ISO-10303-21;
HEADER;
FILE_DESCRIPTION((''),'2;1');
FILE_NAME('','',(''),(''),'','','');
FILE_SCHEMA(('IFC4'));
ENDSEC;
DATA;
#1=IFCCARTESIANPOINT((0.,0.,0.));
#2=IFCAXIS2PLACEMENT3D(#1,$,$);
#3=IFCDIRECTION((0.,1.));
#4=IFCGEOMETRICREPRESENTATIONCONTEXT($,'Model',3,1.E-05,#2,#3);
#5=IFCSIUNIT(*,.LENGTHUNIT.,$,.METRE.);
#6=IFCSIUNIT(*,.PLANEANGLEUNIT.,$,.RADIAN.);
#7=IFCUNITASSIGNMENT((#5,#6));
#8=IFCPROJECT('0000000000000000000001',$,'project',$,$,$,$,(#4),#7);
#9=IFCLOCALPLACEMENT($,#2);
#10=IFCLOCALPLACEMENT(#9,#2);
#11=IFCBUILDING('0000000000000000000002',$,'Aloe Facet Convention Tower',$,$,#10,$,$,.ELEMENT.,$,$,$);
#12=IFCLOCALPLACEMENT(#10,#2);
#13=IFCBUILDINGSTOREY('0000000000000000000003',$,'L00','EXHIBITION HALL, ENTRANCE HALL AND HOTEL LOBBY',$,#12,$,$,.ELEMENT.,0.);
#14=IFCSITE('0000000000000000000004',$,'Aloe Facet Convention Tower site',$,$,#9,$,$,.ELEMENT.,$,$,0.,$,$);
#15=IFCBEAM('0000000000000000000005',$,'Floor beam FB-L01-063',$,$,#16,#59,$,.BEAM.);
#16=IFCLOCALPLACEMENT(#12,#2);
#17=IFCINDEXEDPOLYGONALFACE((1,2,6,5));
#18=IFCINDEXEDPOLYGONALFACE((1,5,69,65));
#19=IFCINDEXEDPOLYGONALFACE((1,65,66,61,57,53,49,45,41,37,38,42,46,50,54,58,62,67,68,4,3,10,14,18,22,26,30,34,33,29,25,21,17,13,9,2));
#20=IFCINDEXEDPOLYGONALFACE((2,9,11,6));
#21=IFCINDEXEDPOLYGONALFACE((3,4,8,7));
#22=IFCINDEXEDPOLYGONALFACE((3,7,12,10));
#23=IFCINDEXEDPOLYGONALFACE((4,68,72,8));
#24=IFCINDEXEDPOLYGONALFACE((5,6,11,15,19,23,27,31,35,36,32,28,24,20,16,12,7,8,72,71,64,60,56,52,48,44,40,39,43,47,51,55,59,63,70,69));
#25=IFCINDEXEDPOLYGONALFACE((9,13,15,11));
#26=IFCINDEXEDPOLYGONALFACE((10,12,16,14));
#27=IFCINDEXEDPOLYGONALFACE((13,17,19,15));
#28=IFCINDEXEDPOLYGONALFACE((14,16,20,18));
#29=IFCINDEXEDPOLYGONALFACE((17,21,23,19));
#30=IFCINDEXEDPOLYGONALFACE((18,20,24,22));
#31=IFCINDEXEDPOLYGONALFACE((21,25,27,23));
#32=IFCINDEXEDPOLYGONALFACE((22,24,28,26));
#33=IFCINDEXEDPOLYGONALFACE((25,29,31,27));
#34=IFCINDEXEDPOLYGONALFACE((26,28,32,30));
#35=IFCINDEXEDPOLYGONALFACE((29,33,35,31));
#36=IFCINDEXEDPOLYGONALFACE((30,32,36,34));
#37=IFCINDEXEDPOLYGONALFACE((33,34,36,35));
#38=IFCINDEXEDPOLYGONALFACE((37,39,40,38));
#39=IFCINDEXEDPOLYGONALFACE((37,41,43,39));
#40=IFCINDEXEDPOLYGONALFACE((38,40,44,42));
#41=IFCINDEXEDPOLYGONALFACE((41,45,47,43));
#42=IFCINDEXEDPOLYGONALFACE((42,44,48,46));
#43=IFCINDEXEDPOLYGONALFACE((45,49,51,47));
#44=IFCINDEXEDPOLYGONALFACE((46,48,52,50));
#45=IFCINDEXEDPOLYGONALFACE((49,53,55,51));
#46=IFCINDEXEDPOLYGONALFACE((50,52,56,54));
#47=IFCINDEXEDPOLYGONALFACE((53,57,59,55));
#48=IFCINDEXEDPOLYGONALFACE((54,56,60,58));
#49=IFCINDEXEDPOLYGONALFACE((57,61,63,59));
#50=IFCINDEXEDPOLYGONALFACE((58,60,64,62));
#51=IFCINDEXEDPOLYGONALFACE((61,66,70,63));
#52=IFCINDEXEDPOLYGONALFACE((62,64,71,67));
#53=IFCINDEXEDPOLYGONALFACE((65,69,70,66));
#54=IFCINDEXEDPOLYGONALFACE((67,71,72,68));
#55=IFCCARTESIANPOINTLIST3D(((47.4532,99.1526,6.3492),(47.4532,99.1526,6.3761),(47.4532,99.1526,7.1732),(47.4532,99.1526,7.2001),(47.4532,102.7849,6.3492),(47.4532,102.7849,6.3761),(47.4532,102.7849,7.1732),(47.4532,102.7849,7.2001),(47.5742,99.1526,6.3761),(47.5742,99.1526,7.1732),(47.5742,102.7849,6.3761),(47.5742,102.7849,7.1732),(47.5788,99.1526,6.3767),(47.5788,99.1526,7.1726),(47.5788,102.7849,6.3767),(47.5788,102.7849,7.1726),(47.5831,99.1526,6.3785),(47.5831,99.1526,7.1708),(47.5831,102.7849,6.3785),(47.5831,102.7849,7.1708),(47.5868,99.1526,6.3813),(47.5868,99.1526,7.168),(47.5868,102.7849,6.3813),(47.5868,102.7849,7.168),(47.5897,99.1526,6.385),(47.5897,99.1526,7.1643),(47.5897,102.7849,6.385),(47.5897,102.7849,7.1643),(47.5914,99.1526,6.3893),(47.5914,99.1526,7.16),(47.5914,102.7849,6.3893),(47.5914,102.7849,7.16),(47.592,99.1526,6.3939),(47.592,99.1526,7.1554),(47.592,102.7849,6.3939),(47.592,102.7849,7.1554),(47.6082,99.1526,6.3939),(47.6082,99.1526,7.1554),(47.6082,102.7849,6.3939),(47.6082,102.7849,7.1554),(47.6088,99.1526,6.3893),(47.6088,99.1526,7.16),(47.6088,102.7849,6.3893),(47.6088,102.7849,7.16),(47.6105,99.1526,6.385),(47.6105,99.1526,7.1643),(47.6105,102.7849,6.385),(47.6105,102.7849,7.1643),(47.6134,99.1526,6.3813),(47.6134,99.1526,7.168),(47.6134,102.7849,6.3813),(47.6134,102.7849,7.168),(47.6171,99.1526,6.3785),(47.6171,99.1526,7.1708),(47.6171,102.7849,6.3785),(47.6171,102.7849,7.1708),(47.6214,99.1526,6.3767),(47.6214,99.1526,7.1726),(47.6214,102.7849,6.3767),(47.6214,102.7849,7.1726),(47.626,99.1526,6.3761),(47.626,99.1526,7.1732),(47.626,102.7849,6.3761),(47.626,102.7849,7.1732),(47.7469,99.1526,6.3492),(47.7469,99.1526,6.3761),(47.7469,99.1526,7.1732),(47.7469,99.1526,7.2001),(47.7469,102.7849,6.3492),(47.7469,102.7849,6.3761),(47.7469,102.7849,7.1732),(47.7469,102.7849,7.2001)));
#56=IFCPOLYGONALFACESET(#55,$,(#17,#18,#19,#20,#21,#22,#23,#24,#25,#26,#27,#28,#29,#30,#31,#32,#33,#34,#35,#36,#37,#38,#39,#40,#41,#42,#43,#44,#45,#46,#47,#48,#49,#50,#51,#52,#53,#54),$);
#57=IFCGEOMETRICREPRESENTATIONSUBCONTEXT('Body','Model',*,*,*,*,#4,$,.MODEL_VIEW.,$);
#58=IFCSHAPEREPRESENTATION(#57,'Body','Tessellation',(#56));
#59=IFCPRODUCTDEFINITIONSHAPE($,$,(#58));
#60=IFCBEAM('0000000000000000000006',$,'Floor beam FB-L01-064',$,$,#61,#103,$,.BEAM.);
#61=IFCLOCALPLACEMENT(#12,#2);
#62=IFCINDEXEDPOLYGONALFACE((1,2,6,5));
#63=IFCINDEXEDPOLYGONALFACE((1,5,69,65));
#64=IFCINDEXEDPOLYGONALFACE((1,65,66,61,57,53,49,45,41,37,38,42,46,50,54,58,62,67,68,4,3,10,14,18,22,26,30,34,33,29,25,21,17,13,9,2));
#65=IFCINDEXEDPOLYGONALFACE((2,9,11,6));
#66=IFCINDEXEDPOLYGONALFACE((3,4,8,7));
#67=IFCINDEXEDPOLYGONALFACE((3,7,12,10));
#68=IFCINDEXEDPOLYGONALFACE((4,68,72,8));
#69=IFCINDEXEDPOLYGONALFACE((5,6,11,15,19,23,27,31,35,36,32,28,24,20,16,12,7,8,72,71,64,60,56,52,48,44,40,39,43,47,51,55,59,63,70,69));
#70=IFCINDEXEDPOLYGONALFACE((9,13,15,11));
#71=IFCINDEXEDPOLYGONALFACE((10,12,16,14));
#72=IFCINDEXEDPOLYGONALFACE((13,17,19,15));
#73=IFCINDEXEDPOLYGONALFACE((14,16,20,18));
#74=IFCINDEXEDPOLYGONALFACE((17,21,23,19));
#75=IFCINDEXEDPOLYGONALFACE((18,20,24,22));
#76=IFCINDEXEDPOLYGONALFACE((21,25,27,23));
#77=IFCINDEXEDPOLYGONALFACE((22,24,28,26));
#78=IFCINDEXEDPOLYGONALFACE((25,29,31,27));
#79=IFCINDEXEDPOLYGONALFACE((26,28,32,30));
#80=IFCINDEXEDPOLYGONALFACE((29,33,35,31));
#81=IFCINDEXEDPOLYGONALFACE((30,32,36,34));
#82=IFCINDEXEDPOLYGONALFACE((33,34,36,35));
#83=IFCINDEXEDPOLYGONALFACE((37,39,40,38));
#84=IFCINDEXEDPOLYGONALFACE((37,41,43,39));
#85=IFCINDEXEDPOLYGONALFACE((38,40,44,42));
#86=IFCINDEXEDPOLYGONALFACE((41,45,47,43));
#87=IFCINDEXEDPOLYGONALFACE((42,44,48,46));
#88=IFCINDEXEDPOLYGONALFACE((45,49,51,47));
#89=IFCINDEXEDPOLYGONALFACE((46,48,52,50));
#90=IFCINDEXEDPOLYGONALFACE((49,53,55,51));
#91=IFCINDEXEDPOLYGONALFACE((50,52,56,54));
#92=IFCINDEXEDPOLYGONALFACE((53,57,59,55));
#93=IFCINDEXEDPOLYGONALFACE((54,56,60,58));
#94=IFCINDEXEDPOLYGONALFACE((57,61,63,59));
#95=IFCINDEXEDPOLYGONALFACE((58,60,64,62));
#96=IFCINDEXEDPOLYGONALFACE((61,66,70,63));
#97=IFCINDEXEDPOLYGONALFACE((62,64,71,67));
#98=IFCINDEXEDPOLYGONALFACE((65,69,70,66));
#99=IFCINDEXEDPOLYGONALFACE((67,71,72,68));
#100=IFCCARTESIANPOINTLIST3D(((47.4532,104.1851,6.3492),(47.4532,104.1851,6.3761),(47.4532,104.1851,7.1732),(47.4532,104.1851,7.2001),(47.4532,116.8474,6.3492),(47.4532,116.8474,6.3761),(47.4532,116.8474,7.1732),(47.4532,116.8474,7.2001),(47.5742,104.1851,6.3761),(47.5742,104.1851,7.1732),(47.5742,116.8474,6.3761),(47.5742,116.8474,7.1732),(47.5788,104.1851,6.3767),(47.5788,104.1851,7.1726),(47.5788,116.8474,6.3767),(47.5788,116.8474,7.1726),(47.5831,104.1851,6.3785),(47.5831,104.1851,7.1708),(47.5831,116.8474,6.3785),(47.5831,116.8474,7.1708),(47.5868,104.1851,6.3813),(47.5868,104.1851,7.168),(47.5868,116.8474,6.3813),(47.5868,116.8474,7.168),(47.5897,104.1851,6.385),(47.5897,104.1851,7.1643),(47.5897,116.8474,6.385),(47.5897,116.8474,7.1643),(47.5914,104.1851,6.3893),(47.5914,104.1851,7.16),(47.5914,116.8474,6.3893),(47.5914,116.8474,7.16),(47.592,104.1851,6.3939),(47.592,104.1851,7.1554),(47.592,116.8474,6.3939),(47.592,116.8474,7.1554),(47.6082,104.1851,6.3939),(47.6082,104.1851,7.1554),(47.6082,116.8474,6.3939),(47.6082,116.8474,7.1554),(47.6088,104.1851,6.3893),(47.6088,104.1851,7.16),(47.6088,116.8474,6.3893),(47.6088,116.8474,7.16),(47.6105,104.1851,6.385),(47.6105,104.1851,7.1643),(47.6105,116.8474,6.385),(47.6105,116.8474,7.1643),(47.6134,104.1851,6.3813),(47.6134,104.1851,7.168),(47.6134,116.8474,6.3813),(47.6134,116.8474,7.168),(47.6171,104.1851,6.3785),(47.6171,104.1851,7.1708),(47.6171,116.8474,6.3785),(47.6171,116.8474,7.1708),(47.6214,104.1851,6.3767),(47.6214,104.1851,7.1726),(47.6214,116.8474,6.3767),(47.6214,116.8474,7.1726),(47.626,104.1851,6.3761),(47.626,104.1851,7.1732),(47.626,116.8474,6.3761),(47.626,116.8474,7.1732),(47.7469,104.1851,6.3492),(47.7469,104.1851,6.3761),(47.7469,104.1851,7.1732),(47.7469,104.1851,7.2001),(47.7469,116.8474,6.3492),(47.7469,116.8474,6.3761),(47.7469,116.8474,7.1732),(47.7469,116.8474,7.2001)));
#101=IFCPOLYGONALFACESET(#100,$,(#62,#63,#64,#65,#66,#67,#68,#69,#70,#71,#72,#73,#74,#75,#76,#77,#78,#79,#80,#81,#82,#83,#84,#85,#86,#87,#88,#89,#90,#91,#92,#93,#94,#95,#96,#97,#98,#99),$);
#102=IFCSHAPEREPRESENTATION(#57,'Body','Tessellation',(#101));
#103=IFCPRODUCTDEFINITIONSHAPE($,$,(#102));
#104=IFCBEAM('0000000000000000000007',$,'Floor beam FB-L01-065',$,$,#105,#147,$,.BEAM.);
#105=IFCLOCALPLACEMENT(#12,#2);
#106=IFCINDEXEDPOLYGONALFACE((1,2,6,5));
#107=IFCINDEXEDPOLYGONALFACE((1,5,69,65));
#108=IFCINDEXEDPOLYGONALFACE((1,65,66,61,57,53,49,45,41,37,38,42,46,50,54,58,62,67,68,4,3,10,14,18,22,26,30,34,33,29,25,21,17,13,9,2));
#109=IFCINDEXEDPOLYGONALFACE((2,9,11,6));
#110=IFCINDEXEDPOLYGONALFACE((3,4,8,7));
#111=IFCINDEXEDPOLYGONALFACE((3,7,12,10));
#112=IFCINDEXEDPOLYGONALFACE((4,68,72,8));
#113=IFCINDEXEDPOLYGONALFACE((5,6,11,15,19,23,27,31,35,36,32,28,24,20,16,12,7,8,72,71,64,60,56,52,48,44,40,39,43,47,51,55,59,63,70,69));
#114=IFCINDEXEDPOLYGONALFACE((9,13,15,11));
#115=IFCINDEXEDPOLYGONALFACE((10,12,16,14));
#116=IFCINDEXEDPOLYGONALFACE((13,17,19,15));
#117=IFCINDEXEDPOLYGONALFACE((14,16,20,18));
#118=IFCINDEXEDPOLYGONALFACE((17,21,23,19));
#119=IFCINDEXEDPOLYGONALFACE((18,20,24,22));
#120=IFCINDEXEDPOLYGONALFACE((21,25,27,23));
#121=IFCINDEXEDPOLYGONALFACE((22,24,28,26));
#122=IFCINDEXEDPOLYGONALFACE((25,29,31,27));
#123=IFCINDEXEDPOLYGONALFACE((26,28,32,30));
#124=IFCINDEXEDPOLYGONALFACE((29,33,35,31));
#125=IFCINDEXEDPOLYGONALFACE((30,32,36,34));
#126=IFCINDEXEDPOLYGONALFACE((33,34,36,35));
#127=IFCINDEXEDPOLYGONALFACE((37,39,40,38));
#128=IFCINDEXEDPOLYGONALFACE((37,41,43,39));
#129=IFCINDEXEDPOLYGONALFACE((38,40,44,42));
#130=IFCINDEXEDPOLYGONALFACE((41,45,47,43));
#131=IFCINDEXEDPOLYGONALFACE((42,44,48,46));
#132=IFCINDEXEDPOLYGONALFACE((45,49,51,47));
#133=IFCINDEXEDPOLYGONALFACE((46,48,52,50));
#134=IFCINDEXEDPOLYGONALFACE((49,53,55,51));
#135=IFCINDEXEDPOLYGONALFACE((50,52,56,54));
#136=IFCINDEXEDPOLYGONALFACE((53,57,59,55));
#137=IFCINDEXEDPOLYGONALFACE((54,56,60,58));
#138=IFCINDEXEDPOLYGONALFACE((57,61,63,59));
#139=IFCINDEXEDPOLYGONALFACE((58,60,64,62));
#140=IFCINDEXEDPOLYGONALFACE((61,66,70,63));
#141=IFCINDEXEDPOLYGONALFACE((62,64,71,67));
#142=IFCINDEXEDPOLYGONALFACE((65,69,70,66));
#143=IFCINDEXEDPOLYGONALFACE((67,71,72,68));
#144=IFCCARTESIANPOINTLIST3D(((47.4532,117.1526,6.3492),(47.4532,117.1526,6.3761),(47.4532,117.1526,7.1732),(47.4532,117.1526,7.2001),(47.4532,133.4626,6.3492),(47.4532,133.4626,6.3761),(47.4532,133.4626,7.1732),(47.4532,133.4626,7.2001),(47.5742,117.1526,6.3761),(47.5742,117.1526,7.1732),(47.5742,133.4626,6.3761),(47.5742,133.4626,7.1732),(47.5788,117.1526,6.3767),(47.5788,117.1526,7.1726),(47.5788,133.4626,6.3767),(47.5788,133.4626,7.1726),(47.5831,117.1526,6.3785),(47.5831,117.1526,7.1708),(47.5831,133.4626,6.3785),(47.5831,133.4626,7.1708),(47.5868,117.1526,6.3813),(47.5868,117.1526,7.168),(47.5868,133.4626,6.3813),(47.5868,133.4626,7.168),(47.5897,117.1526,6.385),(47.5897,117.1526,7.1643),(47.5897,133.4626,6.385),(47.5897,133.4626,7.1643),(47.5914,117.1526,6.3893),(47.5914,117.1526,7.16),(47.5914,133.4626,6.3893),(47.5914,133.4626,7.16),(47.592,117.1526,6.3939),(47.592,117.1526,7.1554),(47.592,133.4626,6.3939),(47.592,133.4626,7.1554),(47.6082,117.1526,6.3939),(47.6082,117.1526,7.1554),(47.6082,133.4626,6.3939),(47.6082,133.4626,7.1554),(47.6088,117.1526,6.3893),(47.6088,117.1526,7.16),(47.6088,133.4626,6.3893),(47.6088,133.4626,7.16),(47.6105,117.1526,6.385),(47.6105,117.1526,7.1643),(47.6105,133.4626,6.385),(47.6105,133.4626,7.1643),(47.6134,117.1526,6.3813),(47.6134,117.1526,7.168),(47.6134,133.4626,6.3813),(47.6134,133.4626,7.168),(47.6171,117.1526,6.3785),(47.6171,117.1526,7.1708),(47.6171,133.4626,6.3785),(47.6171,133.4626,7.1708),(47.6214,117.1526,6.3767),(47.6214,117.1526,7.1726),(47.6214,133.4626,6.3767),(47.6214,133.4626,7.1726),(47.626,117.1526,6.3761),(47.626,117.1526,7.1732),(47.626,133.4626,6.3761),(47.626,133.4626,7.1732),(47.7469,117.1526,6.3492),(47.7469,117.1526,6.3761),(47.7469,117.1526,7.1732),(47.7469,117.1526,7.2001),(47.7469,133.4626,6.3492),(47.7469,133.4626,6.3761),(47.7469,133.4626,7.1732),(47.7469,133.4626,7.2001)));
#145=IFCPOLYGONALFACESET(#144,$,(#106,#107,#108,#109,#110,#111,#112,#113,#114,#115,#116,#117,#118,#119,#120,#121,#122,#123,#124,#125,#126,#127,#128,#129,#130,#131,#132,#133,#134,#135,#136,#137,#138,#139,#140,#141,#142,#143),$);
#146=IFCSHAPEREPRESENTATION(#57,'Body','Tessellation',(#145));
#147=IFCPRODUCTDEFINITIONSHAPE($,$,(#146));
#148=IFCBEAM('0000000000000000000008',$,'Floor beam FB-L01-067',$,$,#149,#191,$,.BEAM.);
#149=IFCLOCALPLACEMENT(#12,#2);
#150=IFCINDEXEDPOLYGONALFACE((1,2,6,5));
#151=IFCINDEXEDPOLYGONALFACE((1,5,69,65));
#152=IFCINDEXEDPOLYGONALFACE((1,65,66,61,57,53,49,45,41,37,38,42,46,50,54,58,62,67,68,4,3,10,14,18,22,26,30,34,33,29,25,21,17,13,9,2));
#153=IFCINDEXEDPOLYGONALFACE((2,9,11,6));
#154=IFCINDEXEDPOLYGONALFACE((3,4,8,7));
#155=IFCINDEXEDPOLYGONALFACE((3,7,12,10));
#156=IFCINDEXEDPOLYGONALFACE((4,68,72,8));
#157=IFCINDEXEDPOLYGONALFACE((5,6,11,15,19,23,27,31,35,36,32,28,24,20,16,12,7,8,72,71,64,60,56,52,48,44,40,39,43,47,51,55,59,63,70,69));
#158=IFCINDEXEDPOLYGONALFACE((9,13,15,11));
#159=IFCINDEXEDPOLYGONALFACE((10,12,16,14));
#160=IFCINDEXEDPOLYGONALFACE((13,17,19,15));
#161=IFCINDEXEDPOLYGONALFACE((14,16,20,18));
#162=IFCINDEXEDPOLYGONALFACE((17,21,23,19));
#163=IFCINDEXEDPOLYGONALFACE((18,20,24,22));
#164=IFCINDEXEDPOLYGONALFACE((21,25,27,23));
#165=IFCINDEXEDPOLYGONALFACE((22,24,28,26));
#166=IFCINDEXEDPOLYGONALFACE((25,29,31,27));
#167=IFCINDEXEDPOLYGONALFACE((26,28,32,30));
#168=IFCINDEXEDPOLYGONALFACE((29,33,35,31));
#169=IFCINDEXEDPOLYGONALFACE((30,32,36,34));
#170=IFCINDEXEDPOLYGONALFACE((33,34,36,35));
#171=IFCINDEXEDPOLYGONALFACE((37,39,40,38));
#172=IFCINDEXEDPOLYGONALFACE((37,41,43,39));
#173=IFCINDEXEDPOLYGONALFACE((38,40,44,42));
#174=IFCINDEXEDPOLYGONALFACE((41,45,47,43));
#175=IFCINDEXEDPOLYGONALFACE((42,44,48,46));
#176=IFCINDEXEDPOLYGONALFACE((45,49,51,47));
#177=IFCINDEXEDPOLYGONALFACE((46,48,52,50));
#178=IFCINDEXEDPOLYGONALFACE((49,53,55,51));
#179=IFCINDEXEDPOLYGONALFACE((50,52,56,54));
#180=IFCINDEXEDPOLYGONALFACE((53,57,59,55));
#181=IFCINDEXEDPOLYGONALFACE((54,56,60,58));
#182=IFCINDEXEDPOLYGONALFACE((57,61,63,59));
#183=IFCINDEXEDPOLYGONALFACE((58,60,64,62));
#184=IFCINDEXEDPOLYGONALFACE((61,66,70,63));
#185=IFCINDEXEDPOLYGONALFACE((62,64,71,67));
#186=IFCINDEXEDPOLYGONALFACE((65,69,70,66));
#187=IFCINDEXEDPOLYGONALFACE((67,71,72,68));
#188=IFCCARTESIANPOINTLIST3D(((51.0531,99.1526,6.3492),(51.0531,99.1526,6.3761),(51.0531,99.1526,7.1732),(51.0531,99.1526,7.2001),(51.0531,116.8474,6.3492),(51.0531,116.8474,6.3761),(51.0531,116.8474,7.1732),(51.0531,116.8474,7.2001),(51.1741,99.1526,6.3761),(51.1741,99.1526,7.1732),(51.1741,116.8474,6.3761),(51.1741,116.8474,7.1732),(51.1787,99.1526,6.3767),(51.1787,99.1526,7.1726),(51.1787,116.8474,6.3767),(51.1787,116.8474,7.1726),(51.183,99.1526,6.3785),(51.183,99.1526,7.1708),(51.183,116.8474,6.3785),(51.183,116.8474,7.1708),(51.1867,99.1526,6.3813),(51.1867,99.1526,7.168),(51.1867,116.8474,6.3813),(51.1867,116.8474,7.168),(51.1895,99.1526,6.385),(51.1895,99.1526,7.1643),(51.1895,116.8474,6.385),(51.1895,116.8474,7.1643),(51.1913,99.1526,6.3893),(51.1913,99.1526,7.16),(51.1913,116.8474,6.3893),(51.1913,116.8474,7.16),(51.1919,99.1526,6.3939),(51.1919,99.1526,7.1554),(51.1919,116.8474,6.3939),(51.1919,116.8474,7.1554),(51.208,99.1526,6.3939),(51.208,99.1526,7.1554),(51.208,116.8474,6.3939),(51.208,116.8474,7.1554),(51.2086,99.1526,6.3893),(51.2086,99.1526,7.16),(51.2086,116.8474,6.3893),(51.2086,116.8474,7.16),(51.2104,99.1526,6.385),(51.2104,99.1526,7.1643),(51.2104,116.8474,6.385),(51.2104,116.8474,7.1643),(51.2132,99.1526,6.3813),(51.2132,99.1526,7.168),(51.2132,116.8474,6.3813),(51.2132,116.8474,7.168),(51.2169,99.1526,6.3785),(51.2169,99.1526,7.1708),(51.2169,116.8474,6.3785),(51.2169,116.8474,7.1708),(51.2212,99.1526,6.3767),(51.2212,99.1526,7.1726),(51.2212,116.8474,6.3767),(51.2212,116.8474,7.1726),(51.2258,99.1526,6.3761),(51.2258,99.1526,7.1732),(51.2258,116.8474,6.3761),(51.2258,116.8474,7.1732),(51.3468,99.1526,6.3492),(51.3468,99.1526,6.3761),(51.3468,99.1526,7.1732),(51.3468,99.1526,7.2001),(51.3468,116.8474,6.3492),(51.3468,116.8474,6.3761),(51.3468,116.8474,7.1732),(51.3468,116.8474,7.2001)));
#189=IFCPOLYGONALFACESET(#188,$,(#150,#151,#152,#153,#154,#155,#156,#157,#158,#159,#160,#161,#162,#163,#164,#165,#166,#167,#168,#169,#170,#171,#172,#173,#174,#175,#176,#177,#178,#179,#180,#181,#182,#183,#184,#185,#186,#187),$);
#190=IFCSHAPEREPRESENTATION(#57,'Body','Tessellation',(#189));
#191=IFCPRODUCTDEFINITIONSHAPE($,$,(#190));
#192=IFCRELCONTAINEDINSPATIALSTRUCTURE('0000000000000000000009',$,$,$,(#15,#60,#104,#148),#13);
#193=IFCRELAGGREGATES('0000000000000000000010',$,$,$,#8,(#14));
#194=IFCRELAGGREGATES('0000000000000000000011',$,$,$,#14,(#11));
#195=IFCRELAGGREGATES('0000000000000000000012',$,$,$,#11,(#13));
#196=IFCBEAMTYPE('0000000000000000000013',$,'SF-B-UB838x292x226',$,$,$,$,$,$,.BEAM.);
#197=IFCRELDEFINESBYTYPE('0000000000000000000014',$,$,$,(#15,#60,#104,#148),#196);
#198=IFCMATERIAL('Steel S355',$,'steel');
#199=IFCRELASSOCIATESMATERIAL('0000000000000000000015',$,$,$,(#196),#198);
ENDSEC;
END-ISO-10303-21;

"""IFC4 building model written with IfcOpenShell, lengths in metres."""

from ifc_helpers import new_model, si_unit, direction, frame, origin, origin_2d, place, context, subcontext, project, spatial, i_section, extrude, material, material_profile, profile_set, type_object, element, save


model = new_model("IFC4")

# Units and contexts
model_context = context("Model", 3, precision=1e-05, world=origin(), true_north=direction((0.0, 1.0)))
body_context = subcontext(model_context, "Body", "Model", "MODEL_VIEW")
ifc_project = project(units=[si_unit("LENGTHUNIT", "METRE"), si_unit("PLANEANGLEUNIT", "RADIAN")], contexts=[model_context])

# Site, building, storey
site_placement = place(None, origin())
site = spatial("IfcSite", under=ifc_project, at=site_placement, Name="Aloe Facet Convention Tower site", CompositionType="ELEMENT", RefElevation=0.0)
building_placement = place(site_placement, origin())
building = spatial("IfcBuilding", under=site, at=building_placement, Name="Aloe Facet Convention Tower", CompositionType="ELEMENT")
storey_placement = place(building_placement, origin())
storey = spatial("IfcBuildingStorey", under=building, at=storey_placement, Name="L00", Description="EXHIBITION HALL, ENTRANCE HALL AND HOTEL LOBBY", CompositionType="ELEMENT", Elevation=0.0)

# Beams
ifc_material_1 = material(Name="Steel S355", Category="steel")
ifc_material_profile_1 = material_profile(ifc_material_1, i_section(OverallWidth=0.2937, OverallDepth=0.8508, WebThickness=0.0161, FlangeThickness=0.0269, FilletRadius=0.0178, at=origin_2d()), Name="UB 838x292x226")
ifc_profile_set_1 = profile_set([ifc_material_profile_1], Name="Steel S355")
beam_type_1 = type_object("IfcBeamType", Name="SF-B-UB838x292x226", PredefinedType="BEAM", material=ifc_profile_set_1)
beam_1_placement = place(storey_placement, frame((47.6001, 99.1526, 6.7747), z_axis=(0.0, 1.0, 0.0), x_axis=(-1.0, 0.0, 0.0)))
element("IfcBeam", 1, at=beam_1_placement, inside=storey, type_object=beam_type_1, Name="Floor beam FB-L01-063", PredefinedType="BEAM", context=body_context, shape_type="SweptSolid", body=[
    extrude(i_section(OverallWidth=0.2937, OverallDepth=0.8508, WebThickness=0.0161, FlangeThickness=0.0269, FilletRadius=0.0178, at=origin_2d()), origin(), (0.0, 0.0, 1.0), 3.6323),
])
beam_2_placement = place(storey_placement, frame((47.6001, 104.1851, 6.7747), z_axis=(0.0, 1.0, 0.0), x_axis=(-1.0, 0.0, 0.0)))
element("IfcBeam", 2, at=beam_2_placement, inside=storey, type_object=beam_type_1, Name="Floor beam FB-L01-064", PredefinedType="BEAM", context=body_context, shape_type="SweptSolid", body=[
    extrude(i_section(OverallWidth=0.2937, OverallDepth=0.8508, WebThickness=0.0161, FlangeThickness=0.0269, FilletRadius=0.0178, at=origin_2d()), origin(), (0.0, 0.0, 1.0), 12.6624),
])
beam_3_placement = place(storey_placement, frame((47.6001, 117.1526, 6.7747), z_axis=(0.0, 1.0, 0.0), x_axis=(-1.0, 0.0, 0.0)))
element("IfcBeam", 3, at=beam_3_placement, inside=storey, type_object=beam_type_1, Name="Floor beam FB-L01-065", PredefinedType="BEAM", context=body_context, shape_type="SweptSolid", body=[
    extrude(i_section(OverallWidth=0.2937, OverallDepth=0.8508, WebThickness=0.0161, FlangeThickness=0.0269, FilletRadius=0.0178, at=origin_2d()), origin(), (0.0, 0.0, 1.0), 16.3101),
])
beam_4_placement = place(storey_placement, frame((51.2, 99.1526, 6.7747), z_axis=(0.0, 1.0, 0.0), x_axis=(-1.0, 0.0, 0.0)))
element("IfcBeam", 4, at=beam_4_placement, inside=storey, type_object=beam_type_1, Name="Floor beam FB-L01-067", PredefinedType="BEAM", context=body_context, shape_type="SweptSolid", body=[
    extrude(i_section(OverallWidth=0.2937, OverallDepth=0.8508, WebThickness=0.0161, FlangeThickness=0.0269, FilletRadius=0.0178, at=origin_2d()), origin(), (0.0, 0.0, 1.0), 17.6948),
])

save(model, "model.ifc")
